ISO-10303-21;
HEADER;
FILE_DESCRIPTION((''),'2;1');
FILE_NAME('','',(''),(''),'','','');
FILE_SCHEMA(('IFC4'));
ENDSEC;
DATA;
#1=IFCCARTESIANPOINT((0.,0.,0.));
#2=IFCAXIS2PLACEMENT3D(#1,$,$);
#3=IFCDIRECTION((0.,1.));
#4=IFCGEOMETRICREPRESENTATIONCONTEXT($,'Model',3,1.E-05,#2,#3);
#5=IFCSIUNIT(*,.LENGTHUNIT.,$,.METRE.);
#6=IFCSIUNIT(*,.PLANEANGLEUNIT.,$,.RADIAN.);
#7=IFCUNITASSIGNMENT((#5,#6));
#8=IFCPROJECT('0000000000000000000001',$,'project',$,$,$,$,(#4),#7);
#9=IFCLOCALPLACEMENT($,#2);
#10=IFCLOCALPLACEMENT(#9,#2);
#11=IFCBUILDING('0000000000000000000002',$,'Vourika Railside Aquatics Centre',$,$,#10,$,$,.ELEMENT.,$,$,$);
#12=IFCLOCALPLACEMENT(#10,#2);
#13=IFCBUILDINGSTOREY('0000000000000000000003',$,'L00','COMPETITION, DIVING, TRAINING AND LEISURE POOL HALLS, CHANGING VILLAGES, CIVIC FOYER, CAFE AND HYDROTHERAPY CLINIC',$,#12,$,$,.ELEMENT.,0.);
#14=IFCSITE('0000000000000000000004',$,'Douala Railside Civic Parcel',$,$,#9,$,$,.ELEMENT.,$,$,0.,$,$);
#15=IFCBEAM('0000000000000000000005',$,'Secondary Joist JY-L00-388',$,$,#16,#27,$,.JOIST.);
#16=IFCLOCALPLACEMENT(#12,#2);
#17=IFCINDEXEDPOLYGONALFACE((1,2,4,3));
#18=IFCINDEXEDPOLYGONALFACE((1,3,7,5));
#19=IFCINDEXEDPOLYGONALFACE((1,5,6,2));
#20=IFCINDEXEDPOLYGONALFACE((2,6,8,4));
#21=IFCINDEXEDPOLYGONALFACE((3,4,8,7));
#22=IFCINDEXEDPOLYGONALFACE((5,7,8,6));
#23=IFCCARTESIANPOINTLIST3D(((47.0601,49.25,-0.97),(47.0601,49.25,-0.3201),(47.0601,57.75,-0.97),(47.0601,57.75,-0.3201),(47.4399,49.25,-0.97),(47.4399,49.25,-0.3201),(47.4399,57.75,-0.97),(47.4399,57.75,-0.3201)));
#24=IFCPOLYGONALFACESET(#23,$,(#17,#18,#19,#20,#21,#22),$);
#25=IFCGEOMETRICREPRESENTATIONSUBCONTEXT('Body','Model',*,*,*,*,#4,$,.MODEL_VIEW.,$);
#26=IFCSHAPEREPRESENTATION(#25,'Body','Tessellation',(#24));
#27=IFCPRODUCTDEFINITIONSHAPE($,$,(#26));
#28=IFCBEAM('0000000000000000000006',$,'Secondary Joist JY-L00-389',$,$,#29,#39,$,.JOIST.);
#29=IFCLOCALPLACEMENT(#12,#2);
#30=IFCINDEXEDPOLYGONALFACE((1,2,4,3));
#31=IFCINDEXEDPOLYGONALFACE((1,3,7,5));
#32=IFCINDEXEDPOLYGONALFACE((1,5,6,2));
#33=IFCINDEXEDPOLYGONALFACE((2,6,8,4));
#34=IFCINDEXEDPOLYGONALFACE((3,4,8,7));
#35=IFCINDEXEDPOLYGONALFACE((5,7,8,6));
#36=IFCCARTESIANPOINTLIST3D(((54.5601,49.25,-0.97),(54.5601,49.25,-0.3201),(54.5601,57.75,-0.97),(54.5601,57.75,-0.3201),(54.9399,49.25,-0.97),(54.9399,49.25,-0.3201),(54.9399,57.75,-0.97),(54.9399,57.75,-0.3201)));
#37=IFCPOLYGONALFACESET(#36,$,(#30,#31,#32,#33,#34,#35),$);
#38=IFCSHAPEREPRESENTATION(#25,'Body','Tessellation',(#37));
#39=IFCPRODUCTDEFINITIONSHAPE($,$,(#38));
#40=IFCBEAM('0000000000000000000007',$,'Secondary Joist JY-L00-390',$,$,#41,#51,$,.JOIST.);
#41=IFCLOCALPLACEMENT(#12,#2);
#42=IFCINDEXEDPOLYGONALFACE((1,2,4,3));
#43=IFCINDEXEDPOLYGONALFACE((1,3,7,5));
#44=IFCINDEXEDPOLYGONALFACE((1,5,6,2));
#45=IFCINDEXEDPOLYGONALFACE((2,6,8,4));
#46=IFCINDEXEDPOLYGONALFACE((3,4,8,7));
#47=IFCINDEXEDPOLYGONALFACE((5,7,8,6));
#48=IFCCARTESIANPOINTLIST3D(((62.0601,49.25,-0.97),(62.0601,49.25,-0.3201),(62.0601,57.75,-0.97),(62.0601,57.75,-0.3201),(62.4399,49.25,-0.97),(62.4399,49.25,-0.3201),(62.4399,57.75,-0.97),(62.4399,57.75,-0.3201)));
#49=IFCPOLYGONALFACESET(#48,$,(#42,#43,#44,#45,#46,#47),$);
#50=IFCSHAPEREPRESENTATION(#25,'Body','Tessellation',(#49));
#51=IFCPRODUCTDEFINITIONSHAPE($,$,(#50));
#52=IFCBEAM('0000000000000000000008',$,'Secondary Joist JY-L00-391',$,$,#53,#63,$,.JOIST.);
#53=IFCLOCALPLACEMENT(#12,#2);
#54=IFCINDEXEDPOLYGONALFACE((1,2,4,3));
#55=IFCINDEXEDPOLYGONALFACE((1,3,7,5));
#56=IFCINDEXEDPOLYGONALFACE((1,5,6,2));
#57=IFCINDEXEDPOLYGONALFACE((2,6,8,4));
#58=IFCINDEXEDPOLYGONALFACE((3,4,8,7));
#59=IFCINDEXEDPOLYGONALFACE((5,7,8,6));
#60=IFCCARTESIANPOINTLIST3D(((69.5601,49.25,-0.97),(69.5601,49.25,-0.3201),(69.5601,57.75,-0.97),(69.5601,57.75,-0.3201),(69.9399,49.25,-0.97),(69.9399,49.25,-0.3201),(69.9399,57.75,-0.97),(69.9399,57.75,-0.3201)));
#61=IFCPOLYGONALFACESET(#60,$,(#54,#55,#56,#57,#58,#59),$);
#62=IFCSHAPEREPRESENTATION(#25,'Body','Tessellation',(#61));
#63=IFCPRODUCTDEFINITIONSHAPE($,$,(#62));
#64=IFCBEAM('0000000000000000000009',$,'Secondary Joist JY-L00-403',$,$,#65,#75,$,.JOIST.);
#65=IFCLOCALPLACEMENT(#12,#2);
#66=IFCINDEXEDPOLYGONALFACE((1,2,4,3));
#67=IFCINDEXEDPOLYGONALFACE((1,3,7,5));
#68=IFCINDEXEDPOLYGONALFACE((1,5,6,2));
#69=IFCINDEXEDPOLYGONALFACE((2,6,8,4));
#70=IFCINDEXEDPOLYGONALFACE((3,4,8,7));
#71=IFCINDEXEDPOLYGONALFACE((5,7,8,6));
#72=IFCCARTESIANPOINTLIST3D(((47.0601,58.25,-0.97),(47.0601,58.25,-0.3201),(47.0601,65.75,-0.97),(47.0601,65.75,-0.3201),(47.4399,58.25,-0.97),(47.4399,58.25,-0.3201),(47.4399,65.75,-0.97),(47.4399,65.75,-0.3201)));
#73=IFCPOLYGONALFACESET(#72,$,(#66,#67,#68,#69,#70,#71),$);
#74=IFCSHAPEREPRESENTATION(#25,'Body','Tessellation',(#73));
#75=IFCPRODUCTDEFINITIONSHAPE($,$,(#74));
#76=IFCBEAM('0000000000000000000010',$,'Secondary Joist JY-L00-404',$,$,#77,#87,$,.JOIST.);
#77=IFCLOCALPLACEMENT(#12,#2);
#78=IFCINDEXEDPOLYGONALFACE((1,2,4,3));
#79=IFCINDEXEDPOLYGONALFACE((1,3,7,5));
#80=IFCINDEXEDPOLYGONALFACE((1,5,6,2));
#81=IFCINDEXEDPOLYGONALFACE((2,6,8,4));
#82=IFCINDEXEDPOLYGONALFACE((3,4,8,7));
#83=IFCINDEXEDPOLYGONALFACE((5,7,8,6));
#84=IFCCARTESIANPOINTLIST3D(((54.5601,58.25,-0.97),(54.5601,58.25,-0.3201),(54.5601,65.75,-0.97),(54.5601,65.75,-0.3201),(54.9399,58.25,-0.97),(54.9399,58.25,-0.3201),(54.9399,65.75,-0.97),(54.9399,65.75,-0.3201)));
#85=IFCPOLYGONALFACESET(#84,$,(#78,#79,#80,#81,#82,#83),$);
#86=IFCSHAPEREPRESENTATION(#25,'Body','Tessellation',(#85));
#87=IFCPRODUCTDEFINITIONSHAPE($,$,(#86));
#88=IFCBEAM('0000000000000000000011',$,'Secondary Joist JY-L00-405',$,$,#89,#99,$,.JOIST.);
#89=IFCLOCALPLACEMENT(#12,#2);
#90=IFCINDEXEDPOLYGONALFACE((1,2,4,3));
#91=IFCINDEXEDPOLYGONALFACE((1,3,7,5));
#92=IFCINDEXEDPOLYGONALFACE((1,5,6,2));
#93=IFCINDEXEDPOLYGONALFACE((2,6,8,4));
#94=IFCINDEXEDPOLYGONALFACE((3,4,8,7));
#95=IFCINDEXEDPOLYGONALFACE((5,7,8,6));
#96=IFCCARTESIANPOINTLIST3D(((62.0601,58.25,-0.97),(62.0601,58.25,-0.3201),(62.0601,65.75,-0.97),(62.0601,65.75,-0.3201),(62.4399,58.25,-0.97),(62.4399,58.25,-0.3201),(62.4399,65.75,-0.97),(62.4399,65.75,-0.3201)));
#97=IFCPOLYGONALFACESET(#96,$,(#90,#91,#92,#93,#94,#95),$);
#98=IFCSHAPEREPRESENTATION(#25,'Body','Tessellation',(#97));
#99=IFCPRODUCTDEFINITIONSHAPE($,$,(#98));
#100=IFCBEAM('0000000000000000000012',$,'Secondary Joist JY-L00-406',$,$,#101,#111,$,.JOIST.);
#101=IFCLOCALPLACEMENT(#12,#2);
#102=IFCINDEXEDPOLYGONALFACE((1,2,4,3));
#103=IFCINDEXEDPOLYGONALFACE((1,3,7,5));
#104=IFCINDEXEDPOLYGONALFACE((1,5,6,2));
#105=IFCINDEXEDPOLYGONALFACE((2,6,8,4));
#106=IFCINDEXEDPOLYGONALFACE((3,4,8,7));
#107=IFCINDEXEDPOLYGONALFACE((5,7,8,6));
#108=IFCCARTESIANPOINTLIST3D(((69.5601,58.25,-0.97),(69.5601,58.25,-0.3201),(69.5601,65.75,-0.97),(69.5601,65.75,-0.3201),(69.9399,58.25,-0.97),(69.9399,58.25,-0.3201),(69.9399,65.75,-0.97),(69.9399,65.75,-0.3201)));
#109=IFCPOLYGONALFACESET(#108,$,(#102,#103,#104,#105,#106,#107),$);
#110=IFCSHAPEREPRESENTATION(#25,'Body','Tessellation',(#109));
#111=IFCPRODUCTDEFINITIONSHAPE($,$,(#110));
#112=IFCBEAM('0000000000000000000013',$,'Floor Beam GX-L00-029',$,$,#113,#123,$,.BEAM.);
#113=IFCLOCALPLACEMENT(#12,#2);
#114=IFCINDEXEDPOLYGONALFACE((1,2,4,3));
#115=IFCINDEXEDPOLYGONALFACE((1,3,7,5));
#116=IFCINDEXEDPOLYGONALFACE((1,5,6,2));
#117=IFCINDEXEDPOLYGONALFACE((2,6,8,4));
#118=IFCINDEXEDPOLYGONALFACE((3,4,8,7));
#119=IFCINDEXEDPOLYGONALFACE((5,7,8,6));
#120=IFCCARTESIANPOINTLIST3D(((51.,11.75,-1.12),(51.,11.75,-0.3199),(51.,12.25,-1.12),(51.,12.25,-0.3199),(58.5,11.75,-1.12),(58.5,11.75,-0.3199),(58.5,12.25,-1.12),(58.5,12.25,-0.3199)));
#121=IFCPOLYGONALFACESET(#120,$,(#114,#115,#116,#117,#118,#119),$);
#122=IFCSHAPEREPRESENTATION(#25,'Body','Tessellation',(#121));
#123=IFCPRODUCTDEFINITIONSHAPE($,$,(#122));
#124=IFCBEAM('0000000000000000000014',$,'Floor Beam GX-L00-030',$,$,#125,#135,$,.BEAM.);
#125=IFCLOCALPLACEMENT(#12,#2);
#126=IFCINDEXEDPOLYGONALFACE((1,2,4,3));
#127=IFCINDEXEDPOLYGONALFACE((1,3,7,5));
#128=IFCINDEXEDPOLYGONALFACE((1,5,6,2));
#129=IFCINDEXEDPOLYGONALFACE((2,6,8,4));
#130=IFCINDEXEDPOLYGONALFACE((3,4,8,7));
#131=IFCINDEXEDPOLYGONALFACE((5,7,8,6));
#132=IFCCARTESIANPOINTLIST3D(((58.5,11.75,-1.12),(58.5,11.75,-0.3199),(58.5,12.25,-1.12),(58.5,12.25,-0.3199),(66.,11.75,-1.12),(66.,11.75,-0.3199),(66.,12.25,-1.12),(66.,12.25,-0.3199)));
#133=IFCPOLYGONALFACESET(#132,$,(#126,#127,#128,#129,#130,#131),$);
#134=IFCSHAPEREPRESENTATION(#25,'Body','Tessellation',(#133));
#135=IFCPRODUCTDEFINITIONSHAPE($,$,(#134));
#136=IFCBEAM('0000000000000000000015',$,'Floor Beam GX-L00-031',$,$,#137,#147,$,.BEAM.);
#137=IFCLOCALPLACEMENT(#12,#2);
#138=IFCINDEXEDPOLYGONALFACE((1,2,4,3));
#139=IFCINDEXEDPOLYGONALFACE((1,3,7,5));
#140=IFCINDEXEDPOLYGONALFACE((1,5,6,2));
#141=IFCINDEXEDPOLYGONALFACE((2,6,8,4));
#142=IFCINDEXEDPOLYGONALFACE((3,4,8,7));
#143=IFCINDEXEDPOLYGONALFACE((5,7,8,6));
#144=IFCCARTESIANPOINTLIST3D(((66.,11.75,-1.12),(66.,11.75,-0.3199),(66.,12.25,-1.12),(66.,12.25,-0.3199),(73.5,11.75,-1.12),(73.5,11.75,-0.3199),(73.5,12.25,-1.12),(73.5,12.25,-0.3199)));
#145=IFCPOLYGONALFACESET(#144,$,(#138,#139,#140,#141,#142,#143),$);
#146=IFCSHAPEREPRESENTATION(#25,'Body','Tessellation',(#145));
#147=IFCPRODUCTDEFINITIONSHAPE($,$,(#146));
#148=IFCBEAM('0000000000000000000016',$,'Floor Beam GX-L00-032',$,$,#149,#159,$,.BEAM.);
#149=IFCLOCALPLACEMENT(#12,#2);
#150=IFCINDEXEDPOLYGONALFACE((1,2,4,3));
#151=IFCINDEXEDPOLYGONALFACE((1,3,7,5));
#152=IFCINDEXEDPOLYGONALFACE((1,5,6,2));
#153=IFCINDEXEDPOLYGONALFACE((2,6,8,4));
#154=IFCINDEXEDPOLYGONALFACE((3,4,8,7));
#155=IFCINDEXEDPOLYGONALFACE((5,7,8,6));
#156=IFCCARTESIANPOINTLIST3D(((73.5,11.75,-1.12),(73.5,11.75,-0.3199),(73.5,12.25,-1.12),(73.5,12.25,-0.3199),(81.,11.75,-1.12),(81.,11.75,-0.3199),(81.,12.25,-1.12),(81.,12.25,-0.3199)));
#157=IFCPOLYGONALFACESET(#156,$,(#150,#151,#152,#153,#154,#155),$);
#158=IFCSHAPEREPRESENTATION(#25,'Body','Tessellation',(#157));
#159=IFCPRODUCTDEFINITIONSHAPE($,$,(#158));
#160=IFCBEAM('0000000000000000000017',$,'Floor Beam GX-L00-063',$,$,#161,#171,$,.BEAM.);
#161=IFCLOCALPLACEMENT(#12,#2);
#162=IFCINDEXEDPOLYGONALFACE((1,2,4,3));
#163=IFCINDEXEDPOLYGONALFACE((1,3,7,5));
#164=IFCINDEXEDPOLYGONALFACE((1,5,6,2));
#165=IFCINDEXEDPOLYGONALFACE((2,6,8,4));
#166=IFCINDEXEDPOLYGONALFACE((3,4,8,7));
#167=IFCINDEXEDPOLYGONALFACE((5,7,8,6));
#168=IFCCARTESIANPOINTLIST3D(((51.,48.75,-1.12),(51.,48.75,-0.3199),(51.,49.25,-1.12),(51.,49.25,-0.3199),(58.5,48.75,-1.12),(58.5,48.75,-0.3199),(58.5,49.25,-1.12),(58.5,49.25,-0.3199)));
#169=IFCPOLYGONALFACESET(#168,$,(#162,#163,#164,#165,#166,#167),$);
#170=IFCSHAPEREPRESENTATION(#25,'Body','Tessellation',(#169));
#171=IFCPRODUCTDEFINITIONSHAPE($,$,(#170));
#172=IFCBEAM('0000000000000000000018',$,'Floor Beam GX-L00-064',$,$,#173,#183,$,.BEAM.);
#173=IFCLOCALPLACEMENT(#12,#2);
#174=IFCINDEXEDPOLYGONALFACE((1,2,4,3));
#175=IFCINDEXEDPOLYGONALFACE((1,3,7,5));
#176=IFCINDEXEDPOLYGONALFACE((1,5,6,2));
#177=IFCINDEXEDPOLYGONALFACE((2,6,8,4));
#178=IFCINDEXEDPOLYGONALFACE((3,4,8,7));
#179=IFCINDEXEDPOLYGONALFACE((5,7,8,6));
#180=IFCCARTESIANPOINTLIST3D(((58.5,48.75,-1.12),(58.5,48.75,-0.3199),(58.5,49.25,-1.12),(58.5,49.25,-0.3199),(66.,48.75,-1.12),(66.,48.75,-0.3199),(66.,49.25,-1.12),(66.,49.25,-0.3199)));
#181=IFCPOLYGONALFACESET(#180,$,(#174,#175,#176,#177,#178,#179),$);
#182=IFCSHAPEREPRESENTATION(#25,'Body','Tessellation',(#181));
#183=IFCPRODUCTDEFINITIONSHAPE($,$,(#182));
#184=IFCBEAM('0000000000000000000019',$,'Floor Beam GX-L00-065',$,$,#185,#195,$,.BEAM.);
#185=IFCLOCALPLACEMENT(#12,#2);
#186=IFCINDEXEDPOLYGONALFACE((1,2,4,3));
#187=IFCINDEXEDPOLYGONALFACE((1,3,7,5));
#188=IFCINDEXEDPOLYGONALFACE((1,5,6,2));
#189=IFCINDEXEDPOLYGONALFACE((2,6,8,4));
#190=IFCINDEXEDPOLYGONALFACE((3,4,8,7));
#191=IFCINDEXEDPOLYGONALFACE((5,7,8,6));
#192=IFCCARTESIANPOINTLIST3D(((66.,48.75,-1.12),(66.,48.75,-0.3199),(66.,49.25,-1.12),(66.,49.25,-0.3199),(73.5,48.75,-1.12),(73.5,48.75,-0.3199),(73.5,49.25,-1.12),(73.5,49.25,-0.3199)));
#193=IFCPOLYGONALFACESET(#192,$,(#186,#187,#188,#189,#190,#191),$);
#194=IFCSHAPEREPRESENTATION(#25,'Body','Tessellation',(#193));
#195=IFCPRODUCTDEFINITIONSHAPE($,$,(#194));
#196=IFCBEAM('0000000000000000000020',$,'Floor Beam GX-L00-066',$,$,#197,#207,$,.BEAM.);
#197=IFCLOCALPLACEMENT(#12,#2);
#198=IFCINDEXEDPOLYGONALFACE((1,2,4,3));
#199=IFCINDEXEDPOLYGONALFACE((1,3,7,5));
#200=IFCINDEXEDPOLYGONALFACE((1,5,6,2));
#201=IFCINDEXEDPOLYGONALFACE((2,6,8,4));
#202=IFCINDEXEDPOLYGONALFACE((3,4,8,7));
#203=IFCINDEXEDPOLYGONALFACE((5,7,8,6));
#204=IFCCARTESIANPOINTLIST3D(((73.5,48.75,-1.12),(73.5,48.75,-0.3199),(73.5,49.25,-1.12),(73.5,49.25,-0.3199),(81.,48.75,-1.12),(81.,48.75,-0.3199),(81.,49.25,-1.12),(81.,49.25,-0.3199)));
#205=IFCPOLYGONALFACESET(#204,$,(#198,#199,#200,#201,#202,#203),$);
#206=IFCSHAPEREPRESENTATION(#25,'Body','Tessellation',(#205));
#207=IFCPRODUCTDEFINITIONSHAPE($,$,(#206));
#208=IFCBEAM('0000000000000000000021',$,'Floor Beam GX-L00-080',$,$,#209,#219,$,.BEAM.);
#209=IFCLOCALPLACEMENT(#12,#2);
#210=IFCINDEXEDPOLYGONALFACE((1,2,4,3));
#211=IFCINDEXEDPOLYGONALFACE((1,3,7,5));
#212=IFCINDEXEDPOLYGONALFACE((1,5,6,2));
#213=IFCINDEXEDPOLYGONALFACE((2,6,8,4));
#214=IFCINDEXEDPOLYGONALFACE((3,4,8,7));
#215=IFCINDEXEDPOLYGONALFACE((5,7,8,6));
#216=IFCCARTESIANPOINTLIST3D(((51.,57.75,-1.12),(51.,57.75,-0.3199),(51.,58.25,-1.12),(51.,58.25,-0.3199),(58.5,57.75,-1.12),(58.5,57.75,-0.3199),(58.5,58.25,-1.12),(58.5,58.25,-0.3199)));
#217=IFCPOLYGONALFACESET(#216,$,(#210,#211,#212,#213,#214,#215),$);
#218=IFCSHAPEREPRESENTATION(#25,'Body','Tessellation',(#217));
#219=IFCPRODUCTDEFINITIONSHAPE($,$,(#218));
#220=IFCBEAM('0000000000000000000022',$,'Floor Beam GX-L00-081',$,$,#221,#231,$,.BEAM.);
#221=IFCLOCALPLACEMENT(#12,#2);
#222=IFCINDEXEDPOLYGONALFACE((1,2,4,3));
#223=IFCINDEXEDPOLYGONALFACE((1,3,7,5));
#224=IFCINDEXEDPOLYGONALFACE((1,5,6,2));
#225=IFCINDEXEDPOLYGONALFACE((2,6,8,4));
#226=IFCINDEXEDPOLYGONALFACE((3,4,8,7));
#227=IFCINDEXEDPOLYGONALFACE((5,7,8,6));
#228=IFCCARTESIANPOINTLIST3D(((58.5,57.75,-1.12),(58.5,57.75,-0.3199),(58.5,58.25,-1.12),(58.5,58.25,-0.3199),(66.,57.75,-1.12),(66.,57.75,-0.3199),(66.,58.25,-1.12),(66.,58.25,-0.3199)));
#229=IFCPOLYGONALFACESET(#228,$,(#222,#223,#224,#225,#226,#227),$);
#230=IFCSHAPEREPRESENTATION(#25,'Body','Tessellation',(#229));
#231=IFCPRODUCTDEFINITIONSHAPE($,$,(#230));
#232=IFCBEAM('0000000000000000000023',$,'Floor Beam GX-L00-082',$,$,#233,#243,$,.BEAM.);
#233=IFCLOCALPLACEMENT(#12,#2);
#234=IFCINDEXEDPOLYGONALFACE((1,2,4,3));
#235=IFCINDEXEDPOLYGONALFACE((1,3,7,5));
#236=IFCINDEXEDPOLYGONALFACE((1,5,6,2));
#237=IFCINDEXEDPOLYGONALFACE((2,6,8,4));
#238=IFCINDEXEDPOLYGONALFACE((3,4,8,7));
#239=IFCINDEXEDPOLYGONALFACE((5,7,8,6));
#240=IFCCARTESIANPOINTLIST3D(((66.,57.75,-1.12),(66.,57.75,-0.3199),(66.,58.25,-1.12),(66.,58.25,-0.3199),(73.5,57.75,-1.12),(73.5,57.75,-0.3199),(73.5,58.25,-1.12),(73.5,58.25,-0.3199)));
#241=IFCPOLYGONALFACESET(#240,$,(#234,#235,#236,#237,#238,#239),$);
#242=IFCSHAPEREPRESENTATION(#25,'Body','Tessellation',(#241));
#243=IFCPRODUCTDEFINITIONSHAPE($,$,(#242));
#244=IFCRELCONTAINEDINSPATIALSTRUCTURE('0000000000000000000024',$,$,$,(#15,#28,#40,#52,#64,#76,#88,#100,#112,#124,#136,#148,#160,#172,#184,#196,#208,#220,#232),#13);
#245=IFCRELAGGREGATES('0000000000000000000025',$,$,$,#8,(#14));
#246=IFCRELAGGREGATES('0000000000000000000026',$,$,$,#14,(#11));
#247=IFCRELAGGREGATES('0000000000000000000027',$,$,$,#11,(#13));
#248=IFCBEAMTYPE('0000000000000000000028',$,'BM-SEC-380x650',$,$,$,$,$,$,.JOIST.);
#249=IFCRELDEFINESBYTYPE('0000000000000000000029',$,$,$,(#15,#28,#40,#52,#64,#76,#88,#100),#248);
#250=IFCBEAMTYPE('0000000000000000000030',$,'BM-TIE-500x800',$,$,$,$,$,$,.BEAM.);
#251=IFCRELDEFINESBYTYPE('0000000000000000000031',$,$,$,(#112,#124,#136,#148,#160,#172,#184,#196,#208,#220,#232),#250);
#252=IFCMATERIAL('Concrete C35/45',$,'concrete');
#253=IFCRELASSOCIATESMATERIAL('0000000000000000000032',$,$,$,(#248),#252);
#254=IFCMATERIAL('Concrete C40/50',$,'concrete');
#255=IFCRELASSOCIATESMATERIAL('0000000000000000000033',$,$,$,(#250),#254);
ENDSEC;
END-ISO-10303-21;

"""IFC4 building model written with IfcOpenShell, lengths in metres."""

from ifc_helpers import new_model, si_unit, direction, frame, origin, origin_2d, place, context, subcontext, project, spatial, rectangle, extrude, material, material_profile, profile_set, type_object, element, save


model = new_model("IFC4")

# Units and contexts
model_context = context("Model", 3, precision=1e-05, world=origin(), true_north=direction((0.0, 1.0)))
body_context = subcontext(model_context, "Body", "Model", "MODEL_VIEW")
ifc_project = project(units=[si_unit("LENGTHUNIT", "METRE"), si_unit("PLANEANGLEUNIT", "RADIAN")], contexts=[model_context])

# Site, building, storey
site_placement = place(None, origin())
site = spatial("IfcSite", under=ifc_project, at=site_placement, Name="Douala Railside Civic Parcel", CompositionType="ELEMENT", RefElevation=0.0)
building_placement = place(site_placement, origin())
building = spatial("IfcBuilding", under=site, at=building_placement, Name="Vourika Railside Aquatics Centre", CompositionType="ELEMENT")
storey_placement = place(building_placement, origin())
storey = spatial("IfcBuildingStorey", under=building, at=storey_placement, Name="L00", Description="COMPETITION, DIVING, TRAINING AND LEISURE POOL HALLS, CHANGING VILLAGES, CIVIC FOYER, CAFE AND HYDROTHERAPY CLINIC", CompositionType="ELEMENT", Elevation=0.0)

# Shared definitions
ifc_material_1 = material(Name="Concrete C35/45", Category="concrete")
ifc_material_2 = material(Name="Concrete C40/50", Category="concrete")

# Beams
ifc_material_profile_1 = material_profile(ifc_material_1, rectangle(XDim=0.3799, YDim=0.6499, at=origin_2d()), Name="RC 380x650")
ifc_profile_set_1 = profile_set([ifc_material_profile_1], Name="Concrete C35/45")
beam_type_1 = type_object("IfcBeamType", Name="BM-SEC-380x650", PredefinedType="JOIST", material=ifc_profile_set_1)
for number, where, z_axis, x_axis, name in (
    (1, (47.25, 49.25, -0.645), (0.0, 1.0, 0.0), (-1.0, 0.0, 0.0), "Secondary Joist JY-L00-388"),
    (2, (54.75, 49.25, -0.645), (0.0, 1.0, 0.0), (-1.0, 0.0, 0.0), "Secondary Joist JY-L00-389"),
    (3, (62.25, 49.25, -0.645), (0.0, 1.0, 0.0), (-1.0, 0.0, 0.0), "Secondary Joist JY-L00-390"),
    (4, (69.75, 49.25, -0.645), (0.0, 1.0, 0.0), (-1.0, 0.0, 0.0), "Secondary Joist JY-L00-391"),
):
    element("IfcBeam", number, at=place(storey_placement, frame(where, z_axis=z_axis, x_axis=x_axis)), inside=storey, type_object=beam_type_1, Name=name, PredefinedType="JOIST", context=body_context, shape_type="SweptSolid", body=[
        extrude(rectangle(XDim=0.3799, YDim=0.6499, at=origin_2d()), origin(), (0.0, 0.0, 1.0), 8.5),
    ])
for number, where, z_axis, x_axis, name in (
    (5, (47.25, 58.25, -0.645), (0.0, 1.0, 0.0), (-1.0, 0.0, 0.0), "Secondary Joist JY-L00-403"),
    (6, (54.75, 58.25, -0.645), (0.0, 1.0, 0.0), (-1.0, 0.0, 0.0), "Secondary Joist JY-L00-404"),
    (7, (62.25, 58.25, -0.645), (0.0, 1.0, 0.0), (-1.0, 0.0, 0.0), "Secondary Joist JY-L00-405"),
    (8, (69.75, 58.25, -0.645), (0.0, 1.0, 0.0), (-1.0, 0.0, 0.0), "Secondary Joist JY-L00-406"),
):
    element("IfcBeam", number, at=place(storey_placement, frame(where, z_axis=z_axis, x_axis=x_axis)), inside=storey, type_object=beam_type_1, Name=name, PredefinedType="JOIST", context=body_context, shape_type="SweptSolid", body=[
        extrude(rectangle(XDim=0.3799, YDim=0.6499, at=origin_2d()), origin(), (0.0, 0.0, 1.0), 7.5),
    ])
ifc_material_profile_2 = material_profile(ifc_material_2, rectangle(XDim=0.5, YDim=0.8, at=origin_2d()), Name="RC 500x800")
ifc_profile_set_2 = profile_set([ifc_material_profile_2], Name="Concrete C40/50")
beam_type_2 = type_object("IfcBeamType", Name="BM-TIE-500x800", PredefinedType="BEAM", material=ifc_profile_set_2)
for number, where, z_axis, x_axis, name in (
    (9, (51.0, 12.0, -0.72), (1.0, 0.0, 0.0), (0.0, 1.0, 0.0), "Floor Beam GX-L00-029"),
    (10, (58.5, 12.0, -0.72), (1.0, 0.0, 0.0), (0.0, 1.0, 0.0), "Floor Beam GX-L00-030"),
    (11, (66.0, 12.0, -0.72), (1.0, 0.0, 0.0), (0.0, 1.0, 0.0), "Floor Beam GX-L00-031"),
    (12, (73.5, 12.0, -0.72), (1.0, 0.0, 0.0), (0.0, 1.0, 0.0), "Floor Beam GX-L00-032"),
    (13, (51.0, 49.0, -0.72), (1.0, 0.0, 0.0), (0.0, 1.0, 0.0), "Floor Beam GX-L00-063"),
    (14, (58.5, 49.0, -0.72), (1.0, 0.0, 0.0), (0.0, 1.0, 0.0), "Floor Beam GX-L00-064"),
    (15, (66.0, 49.0, -0.72), (1.0, 0.0, 0.0), (0.0, 1.0, 0.0), "Floor Beam GX-L00-065"),
    (16, (73.5, 49.0, -0.72), (1.0, 0.0, 0.0), (0.0, 1.0, 0.0), "Floor Beam GX-L00-066"),
    (17, (51.0, 58.0, -0.72), (1.0, 0.0, 0.0), (0.0, 1.0, 0.0), "Floor Beam GX-L00-080"),
    (18, (58.5, 58.0, -0.72), (1.0, 0.0, 0.0), (0.0, 1.0, 0.0), "Floor Beam GX-L00-081"),
    (19, (66.0, 58.0, -0.72), (1.0, 0.0, 0.0), (0.0, 1.0, 0.0), "Floor Beam GX-L00-082"),
):
    element("IfcBeam", number, at=place(storey_placement, frame(where, z_axis=z_axis, x_axis=x_axis)), inside=storey, type_object=beam_type_2, Name=name, PredefinedType="BEAM", context=body_context, shape_type="SweptSolid", body=[
        extrude(rectangle(XDim=0.5, YDim=0.8, at=origin_2d()), origin(), (0.0, 0.0, 1.0), 7.5),
    ])

save(model, "model.ifc")
